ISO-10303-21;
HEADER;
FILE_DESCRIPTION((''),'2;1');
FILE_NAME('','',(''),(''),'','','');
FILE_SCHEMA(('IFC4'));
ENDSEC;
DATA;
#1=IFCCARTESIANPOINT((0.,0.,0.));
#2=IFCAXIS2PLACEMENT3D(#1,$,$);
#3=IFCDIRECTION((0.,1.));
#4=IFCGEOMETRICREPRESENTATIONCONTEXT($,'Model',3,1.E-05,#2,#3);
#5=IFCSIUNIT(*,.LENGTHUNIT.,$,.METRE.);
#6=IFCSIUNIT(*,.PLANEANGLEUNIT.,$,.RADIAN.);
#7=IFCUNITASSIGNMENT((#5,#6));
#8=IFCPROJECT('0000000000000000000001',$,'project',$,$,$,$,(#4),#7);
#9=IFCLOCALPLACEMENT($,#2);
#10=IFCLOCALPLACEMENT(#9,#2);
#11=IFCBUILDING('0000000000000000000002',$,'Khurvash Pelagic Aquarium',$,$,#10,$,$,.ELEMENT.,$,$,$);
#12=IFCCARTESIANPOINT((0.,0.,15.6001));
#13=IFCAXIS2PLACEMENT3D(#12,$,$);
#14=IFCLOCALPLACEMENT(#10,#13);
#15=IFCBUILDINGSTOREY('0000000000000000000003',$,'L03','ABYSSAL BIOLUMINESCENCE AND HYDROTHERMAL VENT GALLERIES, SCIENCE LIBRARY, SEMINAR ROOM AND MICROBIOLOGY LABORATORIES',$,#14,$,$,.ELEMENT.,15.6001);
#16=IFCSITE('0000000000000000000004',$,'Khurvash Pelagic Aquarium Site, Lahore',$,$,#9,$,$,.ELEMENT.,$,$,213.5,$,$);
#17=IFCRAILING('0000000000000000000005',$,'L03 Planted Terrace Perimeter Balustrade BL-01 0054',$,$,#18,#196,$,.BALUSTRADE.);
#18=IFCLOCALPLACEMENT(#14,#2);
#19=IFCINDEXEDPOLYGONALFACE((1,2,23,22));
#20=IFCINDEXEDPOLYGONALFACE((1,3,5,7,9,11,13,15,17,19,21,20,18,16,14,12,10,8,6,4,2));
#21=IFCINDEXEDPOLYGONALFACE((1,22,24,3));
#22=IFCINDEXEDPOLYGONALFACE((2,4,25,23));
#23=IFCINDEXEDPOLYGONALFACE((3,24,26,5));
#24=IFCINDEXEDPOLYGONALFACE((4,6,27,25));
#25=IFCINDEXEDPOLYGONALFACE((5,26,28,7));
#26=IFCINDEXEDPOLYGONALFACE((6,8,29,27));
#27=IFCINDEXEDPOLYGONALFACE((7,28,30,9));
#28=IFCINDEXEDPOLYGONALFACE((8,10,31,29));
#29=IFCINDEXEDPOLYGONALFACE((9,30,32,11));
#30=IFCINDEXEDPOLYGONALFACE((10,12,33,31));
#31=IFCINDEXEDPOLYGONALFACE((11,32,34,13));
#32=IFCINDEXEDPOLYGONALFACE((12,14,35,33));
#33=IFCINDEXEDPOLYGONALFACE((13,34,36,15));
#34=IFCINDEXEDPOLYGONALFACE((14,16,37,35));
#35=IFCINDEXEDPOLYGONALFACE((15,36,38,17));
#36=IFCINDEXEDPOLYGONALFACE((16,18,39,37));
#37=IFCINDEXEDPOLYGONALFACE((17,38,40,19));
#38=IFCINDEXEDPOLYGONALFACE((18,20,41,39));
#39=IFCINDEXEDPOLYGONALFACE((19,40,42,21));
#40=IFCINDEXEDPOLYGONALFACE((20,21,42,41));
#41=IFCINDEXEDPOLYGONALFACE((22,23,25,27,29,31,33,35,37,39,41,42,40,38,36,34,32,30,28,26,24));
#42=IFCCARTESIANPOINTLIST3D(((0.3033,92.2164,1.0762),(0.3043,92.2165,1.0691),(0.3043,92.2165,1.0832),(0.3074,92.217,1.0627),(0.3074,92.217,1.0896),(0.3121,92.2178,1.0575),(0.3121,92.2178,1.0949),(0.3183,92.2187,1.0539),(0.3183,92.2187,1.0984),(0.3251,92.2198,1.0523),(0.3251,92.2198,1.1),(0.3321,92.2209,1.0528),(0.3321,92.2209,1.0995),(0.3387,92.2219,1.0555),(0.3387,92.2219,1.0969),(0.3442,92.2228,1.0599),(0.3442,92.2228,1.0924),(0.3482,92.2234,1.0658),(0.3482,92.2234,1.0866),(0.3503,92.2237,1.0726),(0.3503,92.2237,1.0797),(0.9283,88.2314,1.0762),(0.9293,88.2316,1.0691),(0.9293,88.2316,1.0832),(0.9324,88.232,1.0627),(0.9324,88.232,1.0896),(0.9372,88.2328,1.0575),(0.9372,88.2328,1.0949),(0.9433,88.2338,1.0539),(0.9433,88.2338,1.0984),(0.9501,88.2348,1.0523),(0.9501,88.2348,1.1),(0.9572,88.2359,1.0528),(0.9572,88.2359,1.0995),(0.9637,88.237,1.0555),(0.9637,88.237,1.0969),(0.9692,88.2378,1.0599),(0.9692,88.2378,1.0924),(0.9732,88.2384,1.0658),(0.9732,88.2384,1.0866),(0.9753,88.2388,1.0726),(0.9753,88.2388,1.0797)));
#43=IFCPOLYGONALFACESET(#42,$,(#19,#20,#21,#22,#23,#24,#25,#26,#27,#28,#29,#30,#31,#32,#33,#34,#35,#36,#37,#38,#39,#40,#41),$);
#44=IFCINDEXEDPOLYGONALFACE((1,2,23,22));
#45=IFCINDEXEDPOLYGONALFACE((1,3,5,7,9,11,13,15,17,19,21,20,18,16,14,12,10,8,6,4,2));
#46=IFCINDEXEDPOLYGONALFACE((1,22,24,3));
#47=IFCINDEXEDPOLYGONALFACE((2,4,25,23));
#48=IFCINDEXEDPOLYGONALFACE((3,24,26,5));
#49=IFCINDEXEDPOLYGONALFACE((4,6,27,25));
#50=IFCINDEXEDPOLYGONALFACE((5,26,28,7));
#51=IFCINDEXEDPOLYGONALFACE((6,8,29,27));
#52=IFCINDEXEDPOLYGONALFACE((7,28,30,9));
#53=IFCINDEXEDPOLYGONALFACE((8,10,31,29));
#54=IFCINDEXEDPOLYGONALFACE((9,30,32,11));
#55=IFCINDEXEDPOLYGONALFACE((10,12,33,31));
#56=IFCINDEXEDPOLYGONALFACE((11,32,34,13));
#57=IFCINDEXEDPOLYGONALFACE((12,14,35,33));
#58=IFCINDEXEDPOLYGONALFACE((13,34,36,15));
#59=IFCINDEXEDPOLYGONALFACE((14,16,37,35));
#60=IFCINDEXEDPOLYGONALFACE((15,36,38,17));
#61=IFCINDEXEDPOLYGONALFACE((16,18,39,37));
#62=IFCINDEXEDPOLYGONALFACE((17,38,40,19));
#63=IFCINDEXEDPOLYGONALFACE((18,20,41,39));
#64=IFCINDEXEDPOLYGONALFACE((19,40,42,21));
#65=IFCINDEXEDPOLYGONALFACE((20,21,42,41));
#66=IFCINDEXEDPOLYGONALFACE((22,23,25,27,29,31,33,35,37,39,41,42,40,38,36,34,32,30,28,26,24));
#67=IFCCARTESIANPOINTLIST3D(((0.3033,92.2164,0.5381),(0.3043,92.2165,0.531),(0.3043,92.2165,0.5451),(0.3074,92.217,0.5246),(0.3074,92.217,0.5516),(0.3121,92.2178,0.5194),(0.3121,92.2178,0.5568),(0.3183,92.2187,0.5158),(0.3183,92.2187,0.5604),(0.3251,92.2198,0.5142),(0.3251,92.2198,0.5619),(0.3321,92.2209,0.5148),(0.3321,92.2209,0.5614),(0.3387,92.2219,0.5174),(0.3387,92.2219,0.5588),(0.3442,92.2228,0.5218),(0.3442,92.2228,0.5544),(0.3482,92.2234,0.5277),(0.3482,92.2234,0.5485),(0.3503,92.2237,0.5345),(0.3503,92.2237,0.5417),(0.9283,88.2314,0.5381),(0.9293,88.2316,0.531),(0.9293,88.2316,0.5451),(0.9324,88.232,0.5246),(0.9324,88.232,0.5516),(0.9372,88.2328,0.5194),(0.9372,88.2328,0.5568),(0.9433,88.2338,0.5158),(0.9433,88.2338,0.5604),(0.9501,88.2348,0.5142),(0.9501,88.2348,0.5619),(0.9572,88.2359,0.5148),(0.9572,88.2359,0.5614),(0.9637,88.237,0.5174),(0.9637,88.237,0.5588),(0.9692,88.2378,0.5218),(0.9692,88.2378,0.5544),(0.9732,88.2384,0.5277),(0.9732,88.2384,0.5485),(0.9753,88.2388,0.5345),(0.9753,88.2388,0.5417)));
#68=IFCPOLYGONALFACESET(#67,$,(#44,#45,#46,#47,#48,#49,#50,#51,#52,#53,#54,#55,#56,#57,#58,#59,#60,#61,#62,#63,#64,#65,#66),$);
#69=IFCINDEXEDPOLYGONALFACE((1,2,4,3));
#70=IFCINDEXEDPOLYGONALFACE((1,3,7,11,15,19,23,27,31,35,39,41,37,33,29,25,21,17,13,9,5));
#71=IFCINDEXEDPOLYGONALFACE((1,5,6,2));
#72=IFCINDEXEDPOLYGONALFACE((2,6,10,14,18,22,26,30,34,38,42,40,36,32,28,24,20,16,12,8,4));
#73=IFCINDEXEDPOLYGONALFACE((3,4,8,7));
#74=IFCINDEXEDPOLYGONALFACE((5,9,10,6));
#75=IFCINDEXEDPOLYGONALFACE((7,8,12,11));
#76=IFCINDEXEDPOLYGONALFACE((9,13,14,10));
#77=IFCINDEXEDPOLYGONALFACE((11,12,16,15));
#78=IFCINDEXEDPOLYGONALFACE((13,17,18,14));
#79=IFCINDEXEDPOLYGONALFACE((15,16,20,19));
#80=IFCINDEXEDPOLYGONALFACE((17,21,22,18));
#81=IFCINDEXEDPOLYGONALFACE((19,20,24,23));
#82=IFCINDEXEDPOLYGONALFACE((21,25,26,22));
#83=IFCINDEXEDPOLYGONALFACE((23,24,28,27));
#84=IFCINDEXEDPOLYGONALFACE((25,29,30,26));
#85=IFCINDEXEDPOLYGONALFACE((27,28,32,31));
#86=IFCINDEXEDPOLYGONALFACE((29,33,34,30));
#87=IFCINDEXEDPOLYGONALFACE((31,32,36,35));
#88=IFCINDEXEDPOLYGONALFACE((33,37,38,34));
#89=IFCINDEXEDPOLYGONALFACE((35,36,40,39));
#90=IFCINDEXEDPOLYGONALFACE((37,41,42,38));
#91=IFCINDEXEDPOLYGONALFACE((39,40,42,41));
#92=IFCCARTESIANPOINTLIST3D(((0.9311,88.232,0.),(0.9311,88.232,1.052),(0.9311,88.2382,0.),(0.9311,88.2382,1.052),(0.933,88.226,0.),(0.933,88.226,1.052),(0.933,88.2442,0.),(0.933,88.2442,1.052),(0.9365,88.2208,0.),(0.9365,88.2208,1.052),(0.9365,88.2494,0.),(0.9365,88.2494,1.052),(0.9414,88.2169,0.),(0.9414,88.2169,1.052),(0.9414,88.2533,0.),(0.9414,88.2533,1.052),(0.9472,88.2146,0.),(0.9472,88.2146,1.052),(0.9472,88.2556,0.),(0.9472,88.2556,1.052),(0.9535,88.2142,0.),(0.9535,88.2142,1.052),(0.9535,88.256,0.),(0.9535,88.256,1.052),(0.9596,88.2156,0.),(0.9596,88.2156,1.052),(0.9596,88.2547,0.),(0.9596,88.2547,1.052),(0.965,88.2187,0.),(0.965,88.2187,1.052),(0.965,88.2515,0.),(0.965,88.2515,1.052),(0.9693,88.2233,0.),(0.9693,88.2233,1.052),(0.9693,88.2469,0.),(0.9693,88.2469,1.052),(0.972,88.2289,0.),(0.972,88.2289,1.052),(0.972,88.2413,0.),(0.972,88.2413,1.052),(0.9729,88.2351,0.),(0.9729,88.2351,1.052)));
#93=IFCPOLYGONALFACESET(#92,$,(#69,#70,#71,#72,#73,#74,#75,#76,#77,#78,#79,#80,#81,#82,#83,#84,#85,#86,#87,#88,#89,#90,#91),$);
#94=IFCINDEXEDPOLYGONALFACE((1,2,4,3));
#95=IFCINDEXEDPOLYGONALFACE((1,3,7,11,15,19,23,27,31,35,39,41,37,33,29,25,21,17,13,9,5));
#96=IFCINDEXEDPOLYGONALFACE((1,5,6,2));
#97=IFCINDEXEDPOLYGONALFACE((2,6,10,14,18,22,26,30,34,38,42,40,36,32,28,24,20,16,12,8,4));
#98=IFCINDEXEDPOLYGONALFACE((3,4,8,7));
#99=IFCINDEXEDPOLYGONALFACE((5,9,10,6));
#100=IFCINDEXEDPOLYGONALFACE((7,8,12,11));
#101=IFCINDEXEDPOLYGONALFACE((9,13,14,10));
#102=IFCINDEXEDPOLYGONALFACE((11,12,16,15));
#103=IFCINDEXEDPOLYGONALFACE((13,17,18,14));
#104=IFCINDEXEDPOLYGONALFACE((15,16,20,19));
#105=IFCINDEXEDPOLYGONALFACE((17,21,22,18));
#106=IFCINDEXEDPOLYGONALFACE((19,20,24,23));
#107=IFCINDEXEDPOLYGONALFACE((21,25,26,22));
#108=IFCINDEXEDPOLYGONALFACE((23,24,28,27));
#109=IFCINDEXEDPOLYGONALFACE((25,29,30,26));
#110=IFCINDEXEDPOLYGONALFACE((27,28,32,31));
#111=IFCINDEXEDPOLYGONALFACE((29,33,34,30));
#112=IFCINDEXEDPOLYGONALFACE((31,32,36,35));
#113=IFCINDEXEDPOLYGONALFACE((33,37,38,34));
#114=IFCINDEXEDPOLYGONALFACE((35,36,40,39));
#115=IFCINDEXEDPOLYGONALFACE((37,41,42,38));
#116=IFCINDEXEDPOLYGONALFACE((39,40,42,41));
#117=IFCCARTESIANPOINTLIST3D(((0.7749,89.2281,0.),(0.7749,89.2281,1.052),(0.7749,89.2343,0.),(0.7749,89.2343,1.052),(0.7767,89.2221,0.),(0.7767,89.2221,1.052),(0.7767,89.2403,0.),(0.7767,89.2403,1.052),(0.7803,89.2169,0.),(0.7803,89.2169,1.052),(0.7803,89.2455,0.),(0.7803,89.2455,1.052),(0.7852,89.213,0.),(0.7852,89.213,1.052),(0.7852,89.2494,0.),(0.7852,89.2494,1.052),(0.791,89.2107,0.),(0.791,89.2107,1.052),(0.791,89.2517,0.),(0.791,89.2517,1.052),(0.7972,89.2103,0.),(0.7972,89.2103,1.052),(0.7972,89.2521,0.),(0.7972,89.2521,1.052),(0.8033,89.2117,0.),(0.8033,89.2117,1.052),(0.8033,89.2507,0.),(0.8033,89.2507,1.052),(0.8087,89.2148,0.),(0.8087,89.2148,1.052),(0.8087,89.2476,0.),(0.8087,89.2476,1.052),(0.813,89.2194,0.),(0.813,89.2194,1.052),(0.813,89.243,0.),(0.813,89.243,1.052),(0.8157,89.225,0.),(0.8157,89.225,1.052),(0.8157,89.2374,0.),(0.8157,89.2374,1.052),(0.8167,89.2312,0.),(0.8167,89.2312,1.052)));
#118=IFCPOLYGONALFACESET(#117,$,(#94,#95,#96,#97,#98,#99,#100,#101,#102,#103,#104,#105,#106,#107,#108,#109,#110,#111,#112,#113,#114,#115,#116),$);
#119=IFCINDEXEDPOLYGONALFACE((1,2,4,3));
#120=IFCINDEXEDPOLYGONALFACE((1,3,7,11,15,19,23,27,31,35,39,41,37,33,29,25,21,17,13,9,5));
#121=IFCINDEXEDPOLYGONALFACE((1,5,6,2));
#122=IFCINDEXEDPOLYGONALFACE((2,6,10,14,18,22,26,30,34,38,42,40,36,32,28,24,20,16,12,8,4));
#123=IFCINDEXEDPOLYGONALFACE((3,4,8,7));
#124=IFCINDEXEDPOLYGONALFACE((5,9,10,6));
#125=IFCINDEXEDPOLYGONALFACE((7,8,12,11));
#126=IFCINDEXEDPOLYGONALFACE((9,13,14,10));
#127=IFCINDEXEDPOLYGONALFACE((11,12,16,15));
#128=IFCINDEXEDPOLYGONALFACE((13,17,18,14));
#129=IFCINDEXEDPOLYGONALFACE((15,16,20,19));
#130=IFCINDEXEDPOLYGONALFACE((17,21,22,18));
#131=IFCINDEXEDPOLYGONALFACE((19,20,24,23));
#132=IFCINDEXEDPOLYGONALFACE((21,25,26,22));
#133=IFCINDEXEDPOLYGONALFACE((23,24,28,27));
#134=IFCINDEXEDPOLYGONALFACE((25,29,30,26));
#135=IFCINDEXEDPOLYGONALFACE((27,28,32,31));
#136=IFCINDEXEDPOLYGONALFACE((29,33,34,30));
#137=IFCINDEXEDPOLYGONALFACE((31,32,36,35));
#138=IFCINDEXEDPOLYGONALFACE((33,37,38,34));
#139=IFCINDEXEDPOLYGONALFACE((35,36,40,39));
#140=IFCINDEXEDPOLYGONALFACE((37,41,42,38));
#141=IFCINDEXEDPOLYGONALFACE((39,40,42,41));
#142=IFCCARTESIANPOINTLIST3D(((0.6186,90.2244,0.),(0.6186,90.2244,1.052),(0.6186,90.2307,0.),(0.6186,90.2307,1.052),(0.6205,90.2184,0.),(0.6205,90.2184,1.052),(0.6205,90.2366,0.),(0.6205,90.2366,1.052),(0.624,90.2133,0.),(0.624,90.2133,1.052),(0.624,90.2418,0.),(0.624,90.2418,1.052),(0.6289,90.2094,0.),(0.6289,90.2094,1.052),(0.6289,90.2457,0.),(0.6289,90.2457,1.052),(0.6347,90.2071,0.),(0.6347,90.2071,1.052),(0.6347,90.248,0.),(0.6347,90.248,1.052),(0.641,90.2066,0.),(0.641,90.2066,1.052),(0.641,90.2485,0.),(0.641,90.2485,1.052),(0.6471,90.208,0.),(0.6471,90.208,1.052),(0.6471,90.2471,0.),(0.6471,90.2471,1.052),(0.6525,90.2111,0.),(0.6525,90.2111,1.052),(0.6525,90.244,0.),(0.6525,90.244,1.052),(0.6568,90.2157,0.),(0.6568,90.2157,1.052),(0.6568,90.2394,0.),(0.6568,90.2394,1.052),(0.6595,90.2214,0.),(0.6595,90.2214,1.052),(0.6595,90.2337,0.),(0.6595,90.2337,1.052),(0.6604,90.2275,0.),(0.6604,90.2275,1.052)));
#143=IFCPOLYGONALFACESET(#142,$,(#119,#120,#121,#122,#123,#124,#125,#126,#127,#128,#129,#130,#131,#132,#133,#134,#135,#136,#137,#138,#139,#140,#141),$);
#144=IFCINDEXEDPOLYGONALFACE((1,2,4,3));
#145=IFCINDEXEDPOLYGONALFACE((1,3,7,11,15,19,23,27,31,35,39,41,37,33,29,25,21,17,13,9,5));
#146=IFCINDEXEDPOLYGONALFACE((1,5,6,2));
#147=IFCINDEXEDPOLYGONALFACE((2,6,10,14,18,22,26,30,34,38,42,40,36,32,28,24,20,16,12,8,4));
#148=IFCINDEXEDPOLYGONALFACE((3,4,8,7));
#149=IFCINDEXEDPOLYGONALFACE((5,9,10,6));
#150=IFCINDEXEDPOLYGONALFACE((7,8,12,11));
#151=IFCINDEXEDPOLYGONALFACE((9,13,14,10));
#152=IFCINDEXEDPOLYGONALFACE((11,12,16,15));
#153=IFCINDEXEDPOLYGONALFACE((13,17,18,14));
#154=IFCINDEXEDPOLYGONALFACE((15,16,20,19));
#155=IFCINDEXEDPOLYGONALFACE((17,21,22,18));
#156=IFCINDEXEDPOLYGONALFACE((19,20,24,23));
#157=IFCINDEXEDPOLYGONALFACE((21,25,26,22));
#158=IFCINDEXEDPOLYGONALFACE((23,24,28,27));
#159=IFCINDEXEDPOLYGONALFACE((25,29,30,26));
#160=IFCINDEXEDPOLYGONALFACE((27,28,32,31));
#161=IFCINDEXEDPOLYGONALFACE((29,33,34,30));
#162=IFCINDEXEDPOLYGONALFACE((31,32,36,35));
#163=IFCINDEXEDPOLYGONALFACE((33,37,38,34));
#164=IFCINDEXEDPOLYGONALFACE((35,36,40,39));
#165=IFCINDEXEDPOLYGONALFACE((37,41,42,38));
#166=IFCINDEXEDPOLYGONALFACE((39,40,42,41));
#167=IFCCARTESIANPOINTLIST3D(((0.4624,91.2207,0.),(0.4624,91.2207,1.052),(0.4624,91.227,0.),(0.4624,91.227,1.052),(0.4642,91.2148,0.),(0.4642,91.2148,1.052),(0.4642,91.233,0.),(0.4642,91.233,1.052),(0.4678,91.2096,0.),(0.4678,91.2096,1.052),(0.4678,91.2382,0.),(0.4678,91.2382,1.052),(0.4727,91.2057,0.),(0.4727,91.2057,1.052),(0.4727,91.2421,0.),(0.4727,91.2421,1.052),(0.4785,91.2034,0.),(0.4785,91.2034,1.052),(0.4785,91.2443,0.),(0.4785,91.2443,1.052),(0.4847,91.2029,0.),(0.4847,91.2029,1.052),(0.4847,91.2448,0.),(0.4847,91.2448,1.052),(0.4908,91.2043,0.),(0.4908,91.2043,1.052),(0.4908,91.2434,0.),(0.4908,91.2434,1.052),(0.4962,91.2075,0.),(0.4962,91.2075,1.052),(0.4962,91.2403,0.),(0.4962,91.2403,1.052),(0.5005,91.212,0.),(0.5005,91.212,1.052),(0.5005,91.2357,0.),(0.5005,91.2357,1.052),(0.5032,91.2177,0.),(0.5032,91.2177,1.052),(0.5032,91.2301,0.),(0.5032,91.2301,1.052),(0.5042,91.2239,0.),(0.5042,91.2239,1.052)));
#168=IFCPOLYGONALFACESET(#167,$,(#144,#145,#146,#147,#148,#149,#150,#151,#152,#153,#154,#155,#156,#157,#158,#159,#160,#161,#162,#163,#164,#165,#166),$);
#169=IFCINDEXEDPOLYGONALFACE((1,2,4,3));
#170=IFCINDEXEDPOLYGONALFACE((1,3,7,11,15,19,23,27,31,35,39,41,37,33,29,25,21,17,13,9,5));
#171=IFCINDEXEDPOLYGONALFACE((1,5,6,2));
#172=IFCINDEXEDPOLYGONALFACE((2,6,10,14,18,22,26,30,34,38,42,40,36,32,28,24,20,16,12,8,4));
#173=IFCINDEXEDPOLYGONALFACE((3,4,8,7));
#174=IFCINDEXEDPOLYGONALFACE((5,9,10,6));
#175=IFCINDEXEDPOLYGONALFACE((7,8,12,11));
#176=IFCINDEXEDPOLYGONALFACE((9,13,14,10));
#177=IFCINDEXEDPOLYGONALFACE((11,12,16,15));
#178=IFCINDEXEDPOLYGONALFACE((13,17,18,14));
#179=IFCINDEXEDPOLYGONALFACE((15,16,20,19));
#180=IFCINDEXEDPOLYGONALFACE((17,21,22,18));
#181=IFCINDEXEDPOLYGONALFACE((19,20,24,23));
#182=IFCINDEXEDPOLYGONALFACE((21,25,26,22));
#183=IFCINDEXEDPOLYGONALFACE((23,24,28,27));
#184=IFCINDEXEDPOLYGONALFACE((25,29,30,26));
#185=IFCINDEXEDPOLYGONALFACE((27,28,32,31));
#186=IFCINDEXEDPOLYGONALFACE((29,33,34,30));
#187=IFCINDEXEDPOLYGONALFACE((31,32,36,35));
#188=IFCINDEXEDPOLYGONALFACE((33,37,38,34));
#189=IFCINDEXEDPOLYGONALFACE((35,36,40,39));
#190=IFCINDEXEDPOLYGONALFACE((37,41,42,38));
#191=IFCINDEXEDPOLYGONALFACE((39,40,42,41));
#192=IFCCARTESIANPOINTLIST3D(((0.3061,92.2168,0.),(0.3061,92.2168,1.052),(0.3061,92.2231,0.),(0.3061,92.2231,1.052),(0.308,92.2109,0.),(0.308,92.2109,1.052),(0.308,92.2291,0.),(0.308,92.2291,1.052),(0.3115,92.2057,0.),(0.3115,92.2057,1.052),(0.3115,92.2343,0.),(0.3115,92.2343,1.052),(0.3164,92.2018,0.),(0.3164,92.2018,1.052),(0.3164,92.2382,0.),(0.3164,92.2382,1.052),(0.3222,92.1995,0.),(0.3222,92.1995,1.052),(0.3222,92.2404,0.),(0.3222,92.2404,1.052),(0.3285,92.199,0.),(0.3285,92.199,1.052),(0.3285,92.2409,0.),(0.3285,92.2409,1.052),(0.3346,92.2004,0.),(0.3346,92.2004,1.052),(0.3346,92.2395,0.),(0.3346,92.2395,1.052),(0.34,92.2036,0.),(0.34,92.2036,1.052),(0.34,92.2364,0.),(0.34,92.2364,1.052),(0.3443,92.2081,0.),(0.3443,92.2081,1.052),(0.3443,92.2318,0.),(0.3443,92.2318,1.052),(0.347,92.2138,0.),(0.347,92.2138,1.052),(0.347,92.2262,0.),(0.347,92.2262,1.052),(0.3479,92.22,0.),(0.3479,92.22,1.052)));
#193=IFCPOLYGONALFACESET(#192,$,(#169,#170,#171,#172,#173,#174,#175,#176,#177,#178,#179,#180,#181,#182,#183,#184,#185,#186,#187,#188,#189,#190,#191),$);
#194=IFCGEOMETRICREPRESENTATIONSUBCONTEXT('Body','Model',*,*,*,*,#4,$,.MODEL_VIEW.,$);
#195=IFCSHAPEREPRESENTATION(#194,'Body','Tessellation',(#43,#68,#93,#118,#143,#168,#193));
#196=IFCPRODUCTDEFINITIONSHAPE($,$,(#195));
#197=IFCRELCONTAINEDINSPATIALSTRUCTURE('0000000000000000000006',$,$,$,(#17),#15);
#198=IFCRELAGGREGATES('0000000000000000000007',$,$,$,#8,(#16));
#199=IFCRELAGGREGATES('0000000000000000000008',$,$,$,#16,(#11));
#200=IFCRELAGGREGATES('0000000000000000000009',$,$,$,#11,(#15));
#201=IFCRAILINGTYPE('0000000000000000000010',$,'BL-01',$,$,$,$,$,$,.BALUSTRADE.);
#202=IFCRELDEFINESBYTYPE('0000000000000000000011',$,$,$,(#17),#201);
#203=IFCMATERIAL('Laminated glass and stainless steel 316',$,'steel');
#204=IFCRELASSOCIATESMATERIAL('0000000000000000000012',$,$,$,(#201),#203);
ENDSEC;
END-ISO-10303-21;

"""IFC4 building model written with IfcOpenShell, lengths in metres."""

from ifc_helpers import new_model, si_unit, direction, frame, origin, origin_2d, place, context, subcontext, project, spatial, circle, extrude, material, type_object, element, save


model = new_model("IFC4")

# Units and contexts
model_context = context("Model", 3, precision=1e-05, world=origin(), true_north=direction((0.0, 1.0)))
body_context = subcontext(model_context, "Body", "Model", "MODEL_VIEW")
ifc_project = project(units=[si_unit("LENGTHUNIT", "METRE"), si_unit("PLANEANGLEUNIT", "RADIAN")], contexts=[model_context])

# Site, building, storey
site_placement = place(None, origin())
site = spatial("IfcSite", under=ifc_project, at=site_placement, Name="Khurvash Pelagic Aquarium Site, Lahore", CompositionType="ELEMENT", RefElevation=213.5)
building_placement = place(site_placement, origin())
building = spatial("IfcBuilding", under=site, at=building_placement, Name="Khurvash Pelagic Aquarium", CompositionType="ELEMENT")
storey_placement = place(building_placement, frame((0.0, 0.0, 15.6001)))
storey = spatial("IfcBuildingStorey", under=building, at=storey_placement, Name="L03", Description="ABYSSAL BIOLUMINESCENCE AND HYDROTHERMAL VENT GALLERIES, SCIENCE LIBRARY, SEMINAR ROOM AND MICROBIOLOGY LABORATORIES", CompositionType="ELEMENT", Elevation=15.6001)

# Railing
ifc_material_1 = material(Name="Laminated glass and stainless steel 316", Category="steel")
railing_type = type_object("IfcRailingType", Name="BL-01", PredefinedType="BALUSTRADE", material=ifc_material_1)
railing_1_placement = place(storey_placement, frame((0.9519, 88.2351, 0.0)))
element("IfcRailing", 1, at=railing_1_placement, inside=storey, type_object=railing_type, Name="L03 Planted Terrace Perimeter Balustrade BL-01 0054", PredefinedType="BALUSTRADE", context=body_context, shape_type="SweptSolid", body=[
    extrude(circle(Radius=0.0239, at=origin_2d()), frame((0.0, 0.0, 1.0762), z_axis=(-0.154949, 0.987922, 0.0), x_axis=(-0.987922, -0.154949, 0.0)), (0.0, 0.0, 1.0), 4.0337),
    extrude(circle(Radius=0.0239, at=origin_2d()), frame((0.0, 0.0, 0.5381), z_axis=(-0.154949, 0.987922, 0.0), x_axis=(-0.987922, -0.154949, 0.0)), (0.0, 0.0, 1.0), 4.0337),
    extrude(circle(Radius=0.021, at=origin_2d()), origin(), (0.0, 0.0, 1.0), 1.052),
    extrude(circle(Radius=0.021, at=origin_2d()), frame((-0.1562, 0.9961, 0.0)), (0.0, 0.0, 1.0), 1.052),
    extrude(circle(Radius=0.021, at=origin_2d()), frame((-0.3125, 1.9924, 0.0)), (0.0, 0.0, 1.0), 1.052),
    extrude(circle(Radius=0.021, at=origin_2d()), frame((-0.4688, 2.9888, 0.0)), (0.0, 0.0, 1.0), 1.052),
    extrude(circle(Radius=0.021, at=origin_2d()), frame((-0.625, 3.9849, 0.0)), (0.0, 0.0, 1.0), 1.052),
])

save(model, "model.ifc")
